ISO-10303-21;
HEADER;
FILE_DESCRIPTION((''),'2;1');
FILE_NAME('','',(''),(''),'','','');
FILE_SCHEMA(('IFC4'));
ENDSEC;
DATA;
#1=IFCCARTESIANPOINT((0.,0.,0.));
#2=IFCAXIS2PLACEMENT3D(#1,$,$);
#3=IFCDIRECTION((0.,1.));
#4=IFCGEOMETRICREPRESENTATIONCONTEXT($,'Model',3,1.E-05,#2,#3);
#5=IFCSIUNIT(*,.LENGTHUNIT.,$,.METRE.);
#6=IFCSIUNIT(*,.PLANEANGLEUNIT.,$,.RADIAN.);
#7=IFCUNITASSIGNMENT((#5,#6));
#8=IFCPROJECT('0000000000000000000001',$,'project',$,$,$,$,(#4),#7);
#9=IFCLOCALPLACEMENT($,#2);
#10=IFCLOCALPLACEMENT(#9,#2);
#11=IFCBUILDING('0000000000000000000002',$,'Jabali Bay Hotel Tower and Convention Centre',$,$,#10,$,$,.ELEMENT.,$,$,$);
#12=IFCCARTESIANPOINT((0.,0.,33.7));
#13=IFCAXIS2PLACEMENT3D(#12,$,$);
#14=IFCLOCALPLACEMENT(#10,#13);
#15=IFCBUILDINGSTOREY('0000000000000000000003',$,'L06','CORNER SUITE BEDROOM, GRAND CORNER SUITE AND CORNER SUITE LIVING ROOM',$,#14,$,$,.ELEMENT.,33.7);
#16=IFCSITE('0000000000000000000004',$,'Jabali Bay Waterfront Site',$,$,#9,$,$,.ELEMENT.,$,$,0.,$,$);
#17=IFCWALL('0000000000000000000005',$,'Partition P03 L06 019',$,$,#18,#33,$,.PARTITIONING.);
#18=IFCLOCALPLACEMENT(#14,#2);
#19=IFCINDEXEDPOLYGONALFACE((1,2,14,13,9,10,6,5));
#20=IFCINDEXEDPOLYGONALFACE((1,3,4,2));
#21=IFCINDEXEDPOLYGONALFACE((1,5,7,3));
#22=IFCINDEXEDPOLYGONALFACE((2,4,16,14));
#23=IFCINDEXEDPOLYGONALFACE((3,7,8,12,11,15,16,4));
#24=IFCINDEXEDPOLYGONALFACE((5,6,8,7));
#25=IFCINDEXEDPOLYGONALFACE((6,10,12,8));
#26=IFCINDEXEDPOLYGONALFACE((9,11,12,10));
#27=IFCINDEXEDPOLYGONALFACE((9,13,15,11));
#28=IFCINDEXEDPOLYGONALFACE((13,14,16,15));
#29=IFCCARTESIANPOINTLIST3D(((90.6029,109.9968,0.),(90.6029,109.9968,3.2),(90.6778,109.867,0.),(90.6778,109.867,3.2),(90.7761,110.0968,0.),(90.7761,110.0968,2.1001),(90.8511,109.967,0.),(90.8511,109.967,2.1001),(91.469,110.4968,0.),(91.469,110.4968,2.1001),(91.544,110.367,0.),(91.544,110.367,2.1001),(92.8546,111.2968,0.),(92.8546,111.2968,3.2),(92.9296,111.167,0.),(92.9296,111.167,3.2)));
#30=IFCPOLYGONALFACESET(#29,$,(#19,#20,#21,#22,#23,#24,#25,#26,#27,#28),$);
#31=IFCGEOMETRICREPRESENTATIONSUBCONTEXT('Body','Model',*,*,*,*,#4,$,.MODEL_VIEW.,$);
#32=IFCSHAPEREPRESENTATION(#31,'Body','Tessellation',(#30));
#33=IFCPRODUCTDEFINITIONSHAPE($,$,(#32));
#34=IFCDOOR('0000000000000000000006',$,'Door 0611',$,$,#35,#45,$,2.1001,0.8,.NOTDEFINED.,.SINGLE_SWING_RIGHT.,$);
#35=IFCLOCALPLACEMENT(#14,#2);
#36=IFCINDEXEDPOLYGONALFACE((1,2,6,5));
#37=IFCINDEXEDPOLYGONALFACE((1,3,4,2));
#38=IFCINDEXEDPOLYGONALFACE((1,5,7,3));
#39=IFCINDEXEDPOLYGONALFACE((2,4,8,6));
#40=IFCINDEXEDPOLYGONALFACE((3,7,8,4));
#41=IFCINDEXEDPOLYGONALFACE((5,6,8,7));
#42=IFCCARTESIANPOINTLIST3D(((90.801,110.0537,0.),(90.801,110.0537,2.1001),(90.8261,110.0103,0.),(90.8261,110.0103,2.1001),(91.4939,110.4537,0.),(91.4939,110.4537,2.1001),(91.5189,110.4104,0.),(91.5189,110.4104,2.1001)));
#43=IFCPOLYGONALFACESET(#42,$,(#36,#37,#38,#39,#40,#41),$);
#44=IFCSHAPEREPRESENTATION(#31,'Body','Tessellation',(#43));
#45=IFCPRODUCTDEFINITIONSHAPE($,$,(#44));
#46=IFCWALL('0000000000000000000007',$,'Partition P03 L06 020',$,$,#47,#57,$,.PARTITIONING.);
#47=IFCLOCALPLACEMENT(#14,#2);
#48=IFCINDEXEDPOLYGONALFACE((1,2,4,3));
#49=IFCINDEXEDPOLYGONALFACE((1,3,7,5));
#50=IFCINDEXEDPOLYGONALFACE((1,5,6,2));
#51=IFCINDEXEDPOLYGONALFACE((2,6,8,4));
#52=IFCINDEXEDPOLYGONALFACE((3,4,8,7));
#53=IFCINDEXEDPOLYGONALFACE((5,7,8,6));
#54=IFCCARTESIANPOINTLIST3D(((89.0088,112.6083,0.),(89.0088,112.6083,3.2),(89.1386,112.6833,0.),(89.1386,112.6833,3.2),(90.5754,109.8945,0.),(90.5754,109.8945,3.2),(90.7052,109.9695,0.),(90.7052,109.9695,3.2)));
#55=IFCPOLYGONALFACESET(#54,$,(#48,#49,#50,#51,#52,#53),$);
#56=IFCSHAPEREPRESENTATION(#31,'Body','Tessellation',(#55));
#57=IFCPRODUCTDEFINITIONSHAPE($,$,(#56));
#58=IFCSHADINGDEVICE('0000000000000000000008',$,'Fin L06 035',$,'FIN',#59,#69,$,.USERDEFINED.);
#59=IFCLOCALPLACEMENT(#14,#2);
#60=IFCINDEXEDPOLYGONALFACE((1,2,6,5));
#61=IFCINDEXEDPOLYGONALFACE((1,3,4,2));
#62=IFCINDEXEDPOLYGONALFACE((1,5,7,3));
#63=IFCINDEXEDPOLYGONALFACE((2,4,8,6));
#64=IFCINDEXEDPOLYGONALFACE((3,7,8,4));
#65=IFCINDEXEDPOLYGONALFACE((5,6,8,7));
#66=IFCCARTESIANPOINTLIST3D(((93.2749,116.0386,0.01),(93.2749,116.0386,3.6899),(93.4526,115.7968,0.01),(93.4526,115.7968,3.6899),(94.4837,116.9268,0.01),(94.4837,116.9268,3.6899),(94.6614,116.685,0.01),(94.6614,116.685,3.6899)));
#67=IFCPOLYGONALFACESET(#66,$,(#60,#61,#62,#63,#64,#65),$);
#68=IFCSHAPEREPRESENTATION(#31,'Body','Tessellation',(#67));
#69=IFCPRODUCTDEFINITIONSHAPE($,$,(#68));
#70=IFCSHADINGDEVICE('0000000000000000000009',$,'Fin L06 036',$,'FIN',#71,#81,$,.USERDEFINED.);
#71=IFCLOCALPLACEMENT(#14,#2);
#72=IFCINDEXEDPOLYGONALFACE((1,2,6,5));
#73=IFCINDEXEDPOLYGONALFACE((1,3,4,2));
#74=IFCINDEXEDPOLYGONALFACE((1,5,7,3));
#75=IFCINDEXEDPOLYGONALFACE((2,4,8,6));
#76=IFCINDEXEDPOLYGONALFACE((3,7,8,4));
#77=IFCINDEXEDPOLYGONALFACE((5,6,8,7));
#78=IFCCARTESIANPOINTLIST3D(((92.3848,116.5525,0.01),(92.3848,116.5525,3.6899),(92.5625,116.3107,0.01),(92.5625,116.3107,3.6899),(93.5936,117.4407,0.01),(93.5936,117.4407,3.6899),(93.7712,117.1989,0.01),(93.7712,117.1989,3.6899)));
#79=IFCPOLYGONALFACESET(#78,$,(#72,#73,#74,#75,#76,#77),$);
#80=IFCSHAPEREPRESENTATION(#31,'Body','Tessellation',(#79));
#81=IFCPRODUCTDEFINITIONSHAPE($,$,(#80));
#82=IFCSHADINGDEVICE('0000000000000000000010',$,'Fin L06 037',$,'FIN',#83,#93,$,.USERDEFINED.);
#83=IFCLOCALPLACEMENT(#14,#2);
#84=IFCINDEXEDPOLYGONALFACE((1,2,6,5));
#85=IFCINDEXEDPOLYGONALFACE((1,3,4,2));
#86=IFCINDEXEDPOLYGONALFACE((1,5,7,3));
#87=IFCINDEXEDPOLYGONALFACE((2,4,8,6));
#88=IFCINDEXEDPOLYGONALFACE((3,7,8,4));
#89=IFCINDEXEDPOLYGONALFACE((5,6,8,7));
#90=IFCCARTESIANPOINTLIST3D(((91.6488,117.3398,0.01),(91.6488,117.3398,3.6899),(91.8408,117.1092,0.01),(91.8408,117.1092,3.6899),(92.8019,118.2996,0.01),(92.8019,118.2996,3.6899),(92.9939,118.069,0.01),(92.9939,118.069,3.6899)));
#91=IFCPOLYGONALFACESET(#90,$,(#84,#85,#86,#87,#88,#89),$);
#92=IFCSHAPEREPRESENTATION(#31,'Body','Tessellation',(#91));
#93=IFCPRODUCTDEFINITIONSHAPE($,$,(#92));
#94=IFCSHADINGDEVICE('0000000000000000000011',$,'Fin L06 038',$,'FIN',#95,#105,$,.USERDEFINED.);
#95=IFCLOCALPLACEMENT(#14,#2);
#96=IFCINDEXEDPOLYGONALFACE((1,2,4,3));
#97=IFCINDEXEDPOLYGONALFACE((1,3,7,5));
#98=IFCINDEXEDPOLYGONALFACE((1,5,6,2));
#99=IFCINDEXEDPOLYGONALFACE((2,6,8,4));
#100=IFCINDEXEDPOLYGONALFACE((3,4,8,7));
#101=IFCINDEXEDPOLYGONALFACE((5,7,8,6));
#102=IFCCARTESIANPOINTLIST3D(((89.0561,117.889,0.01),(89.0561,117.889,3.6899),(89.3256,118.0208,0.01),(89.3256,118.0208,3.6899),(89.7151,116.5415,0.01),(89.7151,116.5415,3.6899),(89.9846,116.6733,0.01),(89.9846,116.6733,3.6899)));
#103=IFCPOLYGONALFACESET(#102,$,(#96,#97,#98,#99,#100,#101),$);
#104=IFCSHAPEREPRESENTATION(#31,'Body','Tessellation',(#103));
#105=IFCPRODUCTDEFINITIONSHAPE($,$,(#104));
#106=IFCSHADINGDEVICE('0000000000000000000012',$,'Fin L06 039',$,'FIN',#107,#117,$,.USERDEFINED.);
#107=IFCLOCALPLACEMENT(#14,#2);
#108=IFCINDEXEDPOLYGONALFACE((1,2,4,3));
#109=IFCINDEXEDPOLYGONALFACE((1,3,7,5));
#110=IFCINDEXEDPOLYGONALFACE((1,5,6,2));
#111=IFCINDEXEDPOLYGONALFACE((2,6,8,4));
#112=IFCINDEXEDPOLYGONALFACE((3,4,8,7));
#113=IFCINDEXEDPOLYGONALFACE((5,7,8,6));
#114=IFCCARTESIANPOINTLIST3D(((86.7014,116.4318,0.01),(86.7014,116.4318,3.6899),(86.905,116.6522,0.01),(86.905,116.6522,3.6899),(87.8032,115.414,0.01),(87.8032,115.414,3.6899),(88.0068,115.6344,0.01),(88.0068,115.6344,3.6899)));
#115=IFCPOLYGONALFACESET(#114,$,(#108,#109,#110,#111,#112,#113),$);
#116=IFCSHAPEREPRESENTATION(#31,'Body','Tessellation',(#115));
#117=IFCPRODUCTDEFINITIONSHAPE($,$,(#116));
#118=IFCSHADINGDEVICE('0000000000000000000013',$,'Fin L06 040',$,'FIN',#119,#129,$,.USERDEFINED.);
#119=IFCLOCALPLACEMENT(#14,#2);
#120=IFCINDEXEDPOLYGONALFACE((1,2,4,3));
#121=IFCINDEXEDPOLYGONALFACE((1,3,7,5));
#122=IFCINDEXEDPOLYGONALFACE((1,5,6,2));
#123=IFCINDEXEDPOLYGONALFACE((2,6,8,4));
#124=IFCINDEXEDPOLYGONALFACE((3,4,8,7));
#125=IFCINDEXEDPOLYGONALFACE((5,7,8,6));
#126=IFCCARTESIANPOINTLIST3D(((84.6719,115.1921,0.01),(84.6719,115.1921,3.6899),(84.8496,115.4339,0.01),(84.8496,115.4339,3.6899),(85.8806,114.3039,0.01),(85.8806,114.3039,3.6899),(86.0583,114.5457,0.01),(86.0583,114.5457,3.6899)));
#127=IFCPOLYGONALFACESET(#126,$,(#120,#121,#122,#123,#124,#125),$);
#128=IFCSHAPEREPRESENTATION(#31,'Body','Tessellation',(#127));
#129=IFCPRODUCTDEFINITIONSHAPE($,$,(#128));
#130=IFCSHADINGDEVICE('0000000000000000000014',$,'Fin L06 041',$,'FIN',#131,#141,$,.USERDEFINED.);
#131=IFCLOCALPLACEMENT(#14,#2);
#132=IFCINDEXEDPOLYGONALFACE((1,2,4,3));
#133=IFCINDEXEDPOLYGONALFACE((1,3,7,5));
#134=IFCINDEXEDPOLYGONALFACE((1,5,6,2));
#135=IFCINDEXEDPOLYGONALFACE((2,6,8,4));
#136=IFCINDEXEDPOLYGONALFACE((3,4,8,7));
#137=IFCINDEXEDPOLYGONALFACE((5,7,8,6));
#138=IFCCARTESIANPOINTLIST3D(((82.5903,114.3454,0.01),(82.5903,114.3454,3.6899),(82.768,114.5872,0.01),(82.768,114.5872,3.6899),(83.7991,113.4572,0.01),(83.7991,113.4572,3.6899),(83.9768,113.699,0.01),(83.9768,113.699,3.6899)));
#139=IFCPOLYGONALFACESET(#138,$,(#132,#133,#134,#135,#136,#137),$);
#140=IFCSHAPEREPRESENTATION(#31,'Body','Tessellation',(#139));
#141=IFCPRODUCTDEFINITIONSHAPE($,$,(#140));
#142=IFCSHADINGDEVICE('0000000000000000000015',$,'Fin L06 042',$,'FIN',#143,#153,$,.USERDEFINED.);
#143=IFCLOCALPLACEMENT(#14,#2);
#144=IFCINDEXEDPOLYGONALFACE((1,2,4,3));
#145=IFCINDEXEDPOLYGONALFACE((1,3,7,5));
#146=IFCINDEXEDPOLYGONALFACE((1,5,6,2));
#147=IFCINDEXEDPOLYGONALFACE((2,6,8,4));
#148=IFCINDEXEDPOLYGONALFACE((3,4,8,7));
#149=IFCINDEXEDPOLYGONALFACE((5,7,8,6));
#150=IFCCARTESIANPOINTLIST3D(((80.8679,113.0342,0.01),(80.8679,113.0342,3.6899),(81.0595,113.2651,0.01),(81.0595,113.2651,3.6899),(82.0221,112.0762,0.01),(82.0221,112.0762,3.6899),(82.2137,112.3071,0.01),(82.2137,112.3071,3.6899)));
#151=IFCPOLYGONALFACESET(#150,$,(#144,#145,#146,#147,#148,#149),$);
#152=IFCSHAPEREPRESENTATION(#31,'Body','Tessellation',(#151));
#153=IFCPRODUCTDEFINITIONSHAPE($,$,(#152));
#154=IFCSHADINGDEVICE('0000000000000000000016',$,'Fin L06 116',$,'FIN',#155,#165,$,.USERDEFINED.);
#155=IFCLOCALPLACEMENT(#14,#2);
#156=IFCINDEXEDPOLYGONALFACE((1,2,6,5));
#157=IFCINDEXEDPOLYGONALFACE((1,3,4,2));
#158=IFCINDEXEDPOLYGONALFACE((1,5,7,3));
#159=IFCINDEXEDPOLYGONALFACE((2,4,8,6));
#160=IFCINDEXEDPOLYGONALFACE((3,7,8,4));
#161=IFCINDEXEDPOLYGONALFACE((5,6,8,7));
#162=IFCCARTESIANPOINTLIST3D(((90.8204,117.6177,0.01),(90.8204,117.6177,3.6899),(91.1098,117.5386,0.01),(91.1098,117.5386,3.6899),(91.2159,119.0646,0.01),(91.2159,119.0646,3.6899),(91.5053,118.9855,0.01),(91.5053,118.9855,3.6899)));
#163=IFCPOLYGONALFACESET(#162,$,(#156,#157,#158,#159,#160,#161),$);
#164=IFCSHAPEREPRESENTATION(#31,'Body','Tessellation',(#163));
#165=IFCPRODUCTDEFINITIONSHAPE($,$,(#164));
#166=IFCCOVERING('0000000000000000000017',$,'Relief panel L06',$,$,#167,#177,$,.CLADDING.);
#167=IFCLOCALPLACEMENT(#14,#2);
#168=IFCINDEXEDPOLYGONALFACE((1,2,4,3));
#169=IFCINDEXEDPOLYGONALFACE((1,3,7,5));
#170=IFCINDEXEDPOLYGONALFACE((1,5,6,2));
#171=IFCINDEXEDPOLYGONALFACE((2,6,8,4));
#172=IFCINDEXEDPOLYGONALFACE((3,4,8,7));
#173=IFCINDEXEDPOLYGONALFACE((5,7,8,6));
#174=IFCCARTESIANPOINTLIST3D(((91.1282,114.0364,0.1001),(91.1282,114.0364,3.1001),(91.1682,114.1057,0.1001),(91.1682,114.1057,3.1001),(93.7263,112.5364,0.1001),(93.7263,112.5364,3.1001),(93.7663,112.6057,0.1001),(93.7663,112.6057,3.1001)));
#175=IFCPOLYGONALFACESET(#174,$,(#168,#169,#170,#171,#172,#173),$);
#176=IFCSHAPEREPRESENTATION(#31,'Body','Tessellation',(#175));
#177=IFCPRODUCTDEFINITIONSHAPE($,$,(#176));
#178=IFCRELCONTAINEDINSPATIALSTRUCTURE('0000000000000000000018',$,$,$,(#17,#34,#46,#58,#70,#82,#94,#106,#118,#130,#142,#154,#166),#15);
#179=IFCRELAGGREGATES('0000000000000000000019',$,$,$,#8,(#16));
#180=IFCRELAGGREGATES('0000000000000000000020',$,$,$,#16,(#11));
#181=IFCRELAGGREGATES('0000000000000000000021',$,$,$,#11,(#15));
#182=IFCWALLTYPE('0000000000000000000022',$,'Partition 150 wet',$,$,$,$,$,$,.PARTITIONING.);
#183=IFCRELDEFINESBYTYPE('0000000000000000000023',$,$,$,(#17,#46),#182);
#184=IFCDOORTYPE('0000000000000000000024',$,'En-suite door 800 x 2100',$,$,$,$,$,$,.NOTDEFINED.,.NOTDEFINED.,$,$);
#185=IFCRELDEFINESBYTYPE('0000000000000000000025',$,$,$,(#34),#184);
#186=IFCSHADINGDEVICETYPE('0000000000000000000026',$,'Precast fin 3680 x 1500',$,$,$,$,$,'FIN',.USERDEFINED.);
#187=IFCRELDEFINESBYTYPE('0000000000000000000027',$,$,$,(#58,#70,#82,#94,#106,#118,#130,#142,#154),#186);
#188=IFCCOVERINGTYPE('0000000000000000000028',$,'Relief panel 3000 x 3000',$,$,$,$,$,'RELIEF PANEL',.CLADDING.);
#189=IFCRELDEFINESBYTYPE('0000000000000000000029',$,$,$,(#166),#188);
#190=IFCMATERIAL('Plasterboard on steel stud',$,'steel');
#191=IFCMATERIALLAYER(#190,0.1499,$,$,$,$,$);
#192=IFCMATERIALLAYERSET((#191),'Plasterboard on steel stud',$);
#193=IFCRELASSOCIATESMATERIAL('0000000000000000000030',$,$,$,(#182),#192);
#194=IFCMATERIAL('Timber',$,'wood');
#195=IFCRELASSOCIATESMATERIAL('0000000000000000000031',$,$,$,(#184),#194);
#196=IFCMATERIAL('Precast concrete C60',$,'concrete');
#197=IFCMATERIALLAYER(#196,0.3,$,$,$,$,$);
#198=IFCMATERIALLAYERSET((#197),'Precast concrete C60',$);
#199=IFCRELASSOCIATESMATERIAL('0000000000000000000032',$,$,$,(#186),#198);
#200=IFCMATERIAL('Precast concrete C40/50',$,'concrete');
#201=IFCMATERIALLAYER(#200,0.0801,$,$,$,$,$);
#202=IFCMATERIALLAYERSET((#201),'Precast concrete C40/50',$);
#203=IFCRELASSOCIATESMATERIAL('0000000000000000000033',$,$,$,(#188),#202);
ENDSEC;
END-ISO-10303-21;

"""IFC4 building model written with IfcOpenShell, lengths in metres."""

from ifc_helpers import new_model, si_unit, direction, frame, frame_2d, origin, origin_2d, place, context, subcontext, project, spatial, rectangle, extrude, material, layer, layer_set, type_object, element, fill, save


model = new_model("IFC4")

# Units and contexts
model_context = context("Model", 3, precision=1e-05, world=origin(), true_north=direction((0.0, 1.0)))
body_context = subcontext(model_context, "Body", "Model", "MODEL_VIEW")
ifc_project = project(units=[si_unit("LENGTHUNIT", "METRE"), si_unit("PLANEANGLEUNIT", "RADIAN")], contexts=[model_context])

# Site, building, storey
site_placement = place(None, origin())
site = spatial("IfcSite", under=ifc_project, at=site_placement, Name="Jabali Bay Waterfront Site", CompositionType="ELEMENT", RefElevation=0.0)
building_placement = place(site_placement, origin())
building = spatial("IfcBuilding", under=site, at=building_placement, Name="Jabali Bay Hotel Tower and Convention Centre", CompositionType="ELEMENT")
storey_placement = place(building_placement, frame((0.0, 0.0, 33.7)))
storey = spatial("IfcBuildingStorey", under=building, at=storey_placement, Name="L06", Description="CORNER SUITE BEDROOM, GRAND CORNER SUITE AND CORNER SUITE LIVING ROOM", CompositionType="ELEMENT", Elevation=33.7)

# Shared definitions
ifc_material_1 = material(Name="Plasterboard on steel stud", Category="steel")
ifc_layer_1 = layer(ifc_material_1, 0.1499)
ifc_layer_set_1 = layer_set([ifc_layer_1], Name="Plasterboard on steel stud")
wall_type_1 = type_object("IfcWallType", Name="Partition 150 wet", PredefinedType="PARTITIONING", material=ifc_layer_set_1)
ifc_material_2 = material(Name="Timber", Category="wood")
door_type = type_object("IfcDoorType", Name="En-suite door 800 x 2100", OperationType="NOTDEFINED", PredefinedType="NOTDEFINED", material=ifc_material_2)

# Wall, opening, door
wall_1_placement = place(storey_placement, frame((92.8921, 111.2319, 0.0), z_axis=(0.0, 0.0, 1.0), x_axis=(-0.866021, -0.500007, 0.0)))
wall_1 = element("IfcWall", 1, at=wall_1_placement, inside=storey, type_object=wall_type_1, Name="Partition P03 L06 019", PredefinedType="PARTITIONING", context=body_context, shape_type="SweptSolid", body=[
    extrude(rectangle(XDim=2.6001, YDim=0.1499, at=frame_2d((1.3, 0.0))), origin(), (0.0, 0.0, 1.0), 3.2),
])
opening_1_placement = place(wall_1_placement, frame((1.6001, 0.0, 0.0)))
opening_1 = element("IfcOpeningElement", 2, at=opening_1_placement, cuts=wall_1, PredefinedType="OPENING", context=body_context, shape_type="SweptSolid", body=[
    extrude(rectangle(XDim=0.8, YDim=2.1001, at=frame_2d((0.3999, 1.05))), frame((0.0, 0.0854, 0.0), z_axis=(0.0, -1.0, 0.0), x_axis=(1.0, 0.0, 0.0)), (0.0, 0.0, 1.0), 0.1709),
])
door_1_placement = place(opening_1_placement, origin())
door_1 = element("IfcDoor", 3, at=door_1_placement, inside=storey, type_object=door_type, Name="Door 0611", OperationType="SINGLE_SWING_RIGHT", OverallHeight=2.1001, OverallWidth=0.8, PredefinedType="NOTDEFINED", context=body_context, shape_type="SweptSolid", body=[
    extrude(rectangle(XDim=0.8, YDim=2.1001, at=frame_2d((0.3999, 1.05))), frame((0.0, 0.0249, 0.0), z_axis=(0.0, -1.0, 0.0), x_axis=(1.0, 0.0, 0.0)), (0.0, 0.0, 1.0), 0.05),
])
fill(opening_1, door_1)

# Wall
wall_2_placement = place(storey_placement, frame((90.6404, 109.9319, 0.0), z_axis=(0.0, 0.0, 1.0), x_axis=(-0.499952, 0.866053, 0.0)))
element("IfcWall", 4, at=wall_2_placement, inside=storey, type_object=wall_type_1, Name="Partition P03 L06 020", PredefinedType="PARTITIONING", context=body_context, shape_type="SweptSolid", body=[
    extrude(rectangle(XDim=3.1335, YDim=0.1499, at=frame_2d((1.5669, 0.0))), origin(), (0.0, 0.0, 1.0), 3.2),
])

# Shading devices
ifc_material_3 = material(Name="Precast concrete C60", Category="concrete")
ifc_layer_2 = layer(ifc_material_3, 0.3)
ifc_layer_set_2 = layer_set([ifc_layer_2], Name="Precast concrete C60")
shading_device_type = type_object("IfcShadingDeviceType", Name="Precast fin 3680 x 1500", ElementType="FIN", PredefinedType="USERDEFINED", material=ifc_layer_set_2)
for number, where, z_axis, x_axis, name in (
    (5, (93.3638, 115.9177, 0.01), (0.0, 0.0, 1.0), (0.805841, 0.592133, 0.0), "Fin L06 035"),
    (6, (92.4736, 116.4316, 0.01), (0.0, 0.0, 1.0), (0.805841, 0.592133, 0.0), "Fin L06 036"),
):
    element("IfcShadingDevice", number, at=place(storey_placement, frame(where, z_axis=z_axis, x_axis=x_axis)), inside=storey, type_object=shading_device_type, Name=name, ObjectType="FIN", PredefinedType="USERDEFINED", context=body_context, shape_type="SweptSolid", body=[
        extrude(rectangle(XDim=1.5, YDim=0.3, at=frame_2d((0.75, 0.0))), origin(), (0.0, 0.0, 1.0), 3.6799),
    ])
shading_device_placement = place(storey_placement, frame((91.7449, 117.2246, 0.01), z_axis=(0.0, 0.0, 1.0), x_axis=(0.768608, 0.63972, 0.0)))
element("IfcShadingDevice", 7, at=shading_device_placement, inside=storey, type_object=shading_device_type, Name="Fin L06 037", ObjectType="FIN", PredefinedType="USERDEFINED", context=body_context, shape_type="SweptSolid", body=[
    extrude(rectangle(XDim=1.5002, YDim=0.3, at=frame_2d((0.75, 0.0))), origin(), (0.0, 0.0, 1.0), 3.6799),
])
for number, where, z_axis, x_axis, name in (
    (8, (89.8499, 116.6074, 0.01), (0.0, 0.0, 1.0), (-0.439318, 0.898332, 0.0), "Fin L06 038"),
    (9, (87.905, 115.5242, 0.01), (0.0, 0.0, 1.0), (-0.734548, 0.678557, 0.0), "Fin L06 039"),
    (10, (85.9695, 114.4248, 0.01), (0.0, 0.0, 1.0), (-0.805841, 0.592133, 0.0), "Fin L06 040"),
    (11, (83.8879, 113.5781, 0.01), (0.0, 0.0, 1.0), (-0.805841, 0.592133, 0.0), "Fin L06 041"),
    (12, (82.1179, 112.1917, 0.01), (0.0, 0.0, 1.0), (-0.7695, 0.638646, 0.0), "Fin L06 042"),
    (13, (90.9651, 117.5781, 0.01), (0.0, 0.0, 1.0), (0.263654, 0.964617, 0.0), "Fin L06 116"),
):
    element("IfcShadingDevice", number, at=place(storey_placement, frame(where, z_axis=z_axis, x_axis=x_axis)), inside=storey, type_object=shading_device_type, Name=name, ObjectType="FIN", PredefinedType="USERDEFINED", context=body_context, shape_type="SweptSolid", body=[
        extrude(rectangle(XDim=1.5, YDim=0.3, at=frame_2d((0.75, 0.0))), origin(), (0.0, 0.0, 1.0), 3.6799),
    ])

# Covering
ifc_material_4 = material(Name="Precast concrete C40/50", Category="concrete")
ifc_layer_3 = layer(ifc_material_4, 0.0801)
ifc_layer_set_3 = layer_set([ifc_layer_3], Name="Precast concrete C40/50")
covering_type = type_object("IfcCoveringType", Name="Relief panel 3000 x 3000", ElementType="RELIEF PANEL", PredefinedType="CLADDING", material=ifc_layer_set_3)
covering_placement = place(storey_placement, frame((92.4473, 113.321, 0.1001), z_axis=(0.0, 0.0, 1.0), x_axis=(0.866025, -0.5, 0.0)))
element("IfcCovering", 14, at=covering_placement, inside=storey, type_object=covering_type, Name="Relief panel L06", PredefinedType="CLADDING", context=body_context, shape_type="SweptSolid", body=[
    extrude(rectangle(XDim=3.0, YDim=0.0801, at=origin_2d()), origin(), (0.0, 0.0, 1.0), 3.0),
])

save(model, "model.ifc")
